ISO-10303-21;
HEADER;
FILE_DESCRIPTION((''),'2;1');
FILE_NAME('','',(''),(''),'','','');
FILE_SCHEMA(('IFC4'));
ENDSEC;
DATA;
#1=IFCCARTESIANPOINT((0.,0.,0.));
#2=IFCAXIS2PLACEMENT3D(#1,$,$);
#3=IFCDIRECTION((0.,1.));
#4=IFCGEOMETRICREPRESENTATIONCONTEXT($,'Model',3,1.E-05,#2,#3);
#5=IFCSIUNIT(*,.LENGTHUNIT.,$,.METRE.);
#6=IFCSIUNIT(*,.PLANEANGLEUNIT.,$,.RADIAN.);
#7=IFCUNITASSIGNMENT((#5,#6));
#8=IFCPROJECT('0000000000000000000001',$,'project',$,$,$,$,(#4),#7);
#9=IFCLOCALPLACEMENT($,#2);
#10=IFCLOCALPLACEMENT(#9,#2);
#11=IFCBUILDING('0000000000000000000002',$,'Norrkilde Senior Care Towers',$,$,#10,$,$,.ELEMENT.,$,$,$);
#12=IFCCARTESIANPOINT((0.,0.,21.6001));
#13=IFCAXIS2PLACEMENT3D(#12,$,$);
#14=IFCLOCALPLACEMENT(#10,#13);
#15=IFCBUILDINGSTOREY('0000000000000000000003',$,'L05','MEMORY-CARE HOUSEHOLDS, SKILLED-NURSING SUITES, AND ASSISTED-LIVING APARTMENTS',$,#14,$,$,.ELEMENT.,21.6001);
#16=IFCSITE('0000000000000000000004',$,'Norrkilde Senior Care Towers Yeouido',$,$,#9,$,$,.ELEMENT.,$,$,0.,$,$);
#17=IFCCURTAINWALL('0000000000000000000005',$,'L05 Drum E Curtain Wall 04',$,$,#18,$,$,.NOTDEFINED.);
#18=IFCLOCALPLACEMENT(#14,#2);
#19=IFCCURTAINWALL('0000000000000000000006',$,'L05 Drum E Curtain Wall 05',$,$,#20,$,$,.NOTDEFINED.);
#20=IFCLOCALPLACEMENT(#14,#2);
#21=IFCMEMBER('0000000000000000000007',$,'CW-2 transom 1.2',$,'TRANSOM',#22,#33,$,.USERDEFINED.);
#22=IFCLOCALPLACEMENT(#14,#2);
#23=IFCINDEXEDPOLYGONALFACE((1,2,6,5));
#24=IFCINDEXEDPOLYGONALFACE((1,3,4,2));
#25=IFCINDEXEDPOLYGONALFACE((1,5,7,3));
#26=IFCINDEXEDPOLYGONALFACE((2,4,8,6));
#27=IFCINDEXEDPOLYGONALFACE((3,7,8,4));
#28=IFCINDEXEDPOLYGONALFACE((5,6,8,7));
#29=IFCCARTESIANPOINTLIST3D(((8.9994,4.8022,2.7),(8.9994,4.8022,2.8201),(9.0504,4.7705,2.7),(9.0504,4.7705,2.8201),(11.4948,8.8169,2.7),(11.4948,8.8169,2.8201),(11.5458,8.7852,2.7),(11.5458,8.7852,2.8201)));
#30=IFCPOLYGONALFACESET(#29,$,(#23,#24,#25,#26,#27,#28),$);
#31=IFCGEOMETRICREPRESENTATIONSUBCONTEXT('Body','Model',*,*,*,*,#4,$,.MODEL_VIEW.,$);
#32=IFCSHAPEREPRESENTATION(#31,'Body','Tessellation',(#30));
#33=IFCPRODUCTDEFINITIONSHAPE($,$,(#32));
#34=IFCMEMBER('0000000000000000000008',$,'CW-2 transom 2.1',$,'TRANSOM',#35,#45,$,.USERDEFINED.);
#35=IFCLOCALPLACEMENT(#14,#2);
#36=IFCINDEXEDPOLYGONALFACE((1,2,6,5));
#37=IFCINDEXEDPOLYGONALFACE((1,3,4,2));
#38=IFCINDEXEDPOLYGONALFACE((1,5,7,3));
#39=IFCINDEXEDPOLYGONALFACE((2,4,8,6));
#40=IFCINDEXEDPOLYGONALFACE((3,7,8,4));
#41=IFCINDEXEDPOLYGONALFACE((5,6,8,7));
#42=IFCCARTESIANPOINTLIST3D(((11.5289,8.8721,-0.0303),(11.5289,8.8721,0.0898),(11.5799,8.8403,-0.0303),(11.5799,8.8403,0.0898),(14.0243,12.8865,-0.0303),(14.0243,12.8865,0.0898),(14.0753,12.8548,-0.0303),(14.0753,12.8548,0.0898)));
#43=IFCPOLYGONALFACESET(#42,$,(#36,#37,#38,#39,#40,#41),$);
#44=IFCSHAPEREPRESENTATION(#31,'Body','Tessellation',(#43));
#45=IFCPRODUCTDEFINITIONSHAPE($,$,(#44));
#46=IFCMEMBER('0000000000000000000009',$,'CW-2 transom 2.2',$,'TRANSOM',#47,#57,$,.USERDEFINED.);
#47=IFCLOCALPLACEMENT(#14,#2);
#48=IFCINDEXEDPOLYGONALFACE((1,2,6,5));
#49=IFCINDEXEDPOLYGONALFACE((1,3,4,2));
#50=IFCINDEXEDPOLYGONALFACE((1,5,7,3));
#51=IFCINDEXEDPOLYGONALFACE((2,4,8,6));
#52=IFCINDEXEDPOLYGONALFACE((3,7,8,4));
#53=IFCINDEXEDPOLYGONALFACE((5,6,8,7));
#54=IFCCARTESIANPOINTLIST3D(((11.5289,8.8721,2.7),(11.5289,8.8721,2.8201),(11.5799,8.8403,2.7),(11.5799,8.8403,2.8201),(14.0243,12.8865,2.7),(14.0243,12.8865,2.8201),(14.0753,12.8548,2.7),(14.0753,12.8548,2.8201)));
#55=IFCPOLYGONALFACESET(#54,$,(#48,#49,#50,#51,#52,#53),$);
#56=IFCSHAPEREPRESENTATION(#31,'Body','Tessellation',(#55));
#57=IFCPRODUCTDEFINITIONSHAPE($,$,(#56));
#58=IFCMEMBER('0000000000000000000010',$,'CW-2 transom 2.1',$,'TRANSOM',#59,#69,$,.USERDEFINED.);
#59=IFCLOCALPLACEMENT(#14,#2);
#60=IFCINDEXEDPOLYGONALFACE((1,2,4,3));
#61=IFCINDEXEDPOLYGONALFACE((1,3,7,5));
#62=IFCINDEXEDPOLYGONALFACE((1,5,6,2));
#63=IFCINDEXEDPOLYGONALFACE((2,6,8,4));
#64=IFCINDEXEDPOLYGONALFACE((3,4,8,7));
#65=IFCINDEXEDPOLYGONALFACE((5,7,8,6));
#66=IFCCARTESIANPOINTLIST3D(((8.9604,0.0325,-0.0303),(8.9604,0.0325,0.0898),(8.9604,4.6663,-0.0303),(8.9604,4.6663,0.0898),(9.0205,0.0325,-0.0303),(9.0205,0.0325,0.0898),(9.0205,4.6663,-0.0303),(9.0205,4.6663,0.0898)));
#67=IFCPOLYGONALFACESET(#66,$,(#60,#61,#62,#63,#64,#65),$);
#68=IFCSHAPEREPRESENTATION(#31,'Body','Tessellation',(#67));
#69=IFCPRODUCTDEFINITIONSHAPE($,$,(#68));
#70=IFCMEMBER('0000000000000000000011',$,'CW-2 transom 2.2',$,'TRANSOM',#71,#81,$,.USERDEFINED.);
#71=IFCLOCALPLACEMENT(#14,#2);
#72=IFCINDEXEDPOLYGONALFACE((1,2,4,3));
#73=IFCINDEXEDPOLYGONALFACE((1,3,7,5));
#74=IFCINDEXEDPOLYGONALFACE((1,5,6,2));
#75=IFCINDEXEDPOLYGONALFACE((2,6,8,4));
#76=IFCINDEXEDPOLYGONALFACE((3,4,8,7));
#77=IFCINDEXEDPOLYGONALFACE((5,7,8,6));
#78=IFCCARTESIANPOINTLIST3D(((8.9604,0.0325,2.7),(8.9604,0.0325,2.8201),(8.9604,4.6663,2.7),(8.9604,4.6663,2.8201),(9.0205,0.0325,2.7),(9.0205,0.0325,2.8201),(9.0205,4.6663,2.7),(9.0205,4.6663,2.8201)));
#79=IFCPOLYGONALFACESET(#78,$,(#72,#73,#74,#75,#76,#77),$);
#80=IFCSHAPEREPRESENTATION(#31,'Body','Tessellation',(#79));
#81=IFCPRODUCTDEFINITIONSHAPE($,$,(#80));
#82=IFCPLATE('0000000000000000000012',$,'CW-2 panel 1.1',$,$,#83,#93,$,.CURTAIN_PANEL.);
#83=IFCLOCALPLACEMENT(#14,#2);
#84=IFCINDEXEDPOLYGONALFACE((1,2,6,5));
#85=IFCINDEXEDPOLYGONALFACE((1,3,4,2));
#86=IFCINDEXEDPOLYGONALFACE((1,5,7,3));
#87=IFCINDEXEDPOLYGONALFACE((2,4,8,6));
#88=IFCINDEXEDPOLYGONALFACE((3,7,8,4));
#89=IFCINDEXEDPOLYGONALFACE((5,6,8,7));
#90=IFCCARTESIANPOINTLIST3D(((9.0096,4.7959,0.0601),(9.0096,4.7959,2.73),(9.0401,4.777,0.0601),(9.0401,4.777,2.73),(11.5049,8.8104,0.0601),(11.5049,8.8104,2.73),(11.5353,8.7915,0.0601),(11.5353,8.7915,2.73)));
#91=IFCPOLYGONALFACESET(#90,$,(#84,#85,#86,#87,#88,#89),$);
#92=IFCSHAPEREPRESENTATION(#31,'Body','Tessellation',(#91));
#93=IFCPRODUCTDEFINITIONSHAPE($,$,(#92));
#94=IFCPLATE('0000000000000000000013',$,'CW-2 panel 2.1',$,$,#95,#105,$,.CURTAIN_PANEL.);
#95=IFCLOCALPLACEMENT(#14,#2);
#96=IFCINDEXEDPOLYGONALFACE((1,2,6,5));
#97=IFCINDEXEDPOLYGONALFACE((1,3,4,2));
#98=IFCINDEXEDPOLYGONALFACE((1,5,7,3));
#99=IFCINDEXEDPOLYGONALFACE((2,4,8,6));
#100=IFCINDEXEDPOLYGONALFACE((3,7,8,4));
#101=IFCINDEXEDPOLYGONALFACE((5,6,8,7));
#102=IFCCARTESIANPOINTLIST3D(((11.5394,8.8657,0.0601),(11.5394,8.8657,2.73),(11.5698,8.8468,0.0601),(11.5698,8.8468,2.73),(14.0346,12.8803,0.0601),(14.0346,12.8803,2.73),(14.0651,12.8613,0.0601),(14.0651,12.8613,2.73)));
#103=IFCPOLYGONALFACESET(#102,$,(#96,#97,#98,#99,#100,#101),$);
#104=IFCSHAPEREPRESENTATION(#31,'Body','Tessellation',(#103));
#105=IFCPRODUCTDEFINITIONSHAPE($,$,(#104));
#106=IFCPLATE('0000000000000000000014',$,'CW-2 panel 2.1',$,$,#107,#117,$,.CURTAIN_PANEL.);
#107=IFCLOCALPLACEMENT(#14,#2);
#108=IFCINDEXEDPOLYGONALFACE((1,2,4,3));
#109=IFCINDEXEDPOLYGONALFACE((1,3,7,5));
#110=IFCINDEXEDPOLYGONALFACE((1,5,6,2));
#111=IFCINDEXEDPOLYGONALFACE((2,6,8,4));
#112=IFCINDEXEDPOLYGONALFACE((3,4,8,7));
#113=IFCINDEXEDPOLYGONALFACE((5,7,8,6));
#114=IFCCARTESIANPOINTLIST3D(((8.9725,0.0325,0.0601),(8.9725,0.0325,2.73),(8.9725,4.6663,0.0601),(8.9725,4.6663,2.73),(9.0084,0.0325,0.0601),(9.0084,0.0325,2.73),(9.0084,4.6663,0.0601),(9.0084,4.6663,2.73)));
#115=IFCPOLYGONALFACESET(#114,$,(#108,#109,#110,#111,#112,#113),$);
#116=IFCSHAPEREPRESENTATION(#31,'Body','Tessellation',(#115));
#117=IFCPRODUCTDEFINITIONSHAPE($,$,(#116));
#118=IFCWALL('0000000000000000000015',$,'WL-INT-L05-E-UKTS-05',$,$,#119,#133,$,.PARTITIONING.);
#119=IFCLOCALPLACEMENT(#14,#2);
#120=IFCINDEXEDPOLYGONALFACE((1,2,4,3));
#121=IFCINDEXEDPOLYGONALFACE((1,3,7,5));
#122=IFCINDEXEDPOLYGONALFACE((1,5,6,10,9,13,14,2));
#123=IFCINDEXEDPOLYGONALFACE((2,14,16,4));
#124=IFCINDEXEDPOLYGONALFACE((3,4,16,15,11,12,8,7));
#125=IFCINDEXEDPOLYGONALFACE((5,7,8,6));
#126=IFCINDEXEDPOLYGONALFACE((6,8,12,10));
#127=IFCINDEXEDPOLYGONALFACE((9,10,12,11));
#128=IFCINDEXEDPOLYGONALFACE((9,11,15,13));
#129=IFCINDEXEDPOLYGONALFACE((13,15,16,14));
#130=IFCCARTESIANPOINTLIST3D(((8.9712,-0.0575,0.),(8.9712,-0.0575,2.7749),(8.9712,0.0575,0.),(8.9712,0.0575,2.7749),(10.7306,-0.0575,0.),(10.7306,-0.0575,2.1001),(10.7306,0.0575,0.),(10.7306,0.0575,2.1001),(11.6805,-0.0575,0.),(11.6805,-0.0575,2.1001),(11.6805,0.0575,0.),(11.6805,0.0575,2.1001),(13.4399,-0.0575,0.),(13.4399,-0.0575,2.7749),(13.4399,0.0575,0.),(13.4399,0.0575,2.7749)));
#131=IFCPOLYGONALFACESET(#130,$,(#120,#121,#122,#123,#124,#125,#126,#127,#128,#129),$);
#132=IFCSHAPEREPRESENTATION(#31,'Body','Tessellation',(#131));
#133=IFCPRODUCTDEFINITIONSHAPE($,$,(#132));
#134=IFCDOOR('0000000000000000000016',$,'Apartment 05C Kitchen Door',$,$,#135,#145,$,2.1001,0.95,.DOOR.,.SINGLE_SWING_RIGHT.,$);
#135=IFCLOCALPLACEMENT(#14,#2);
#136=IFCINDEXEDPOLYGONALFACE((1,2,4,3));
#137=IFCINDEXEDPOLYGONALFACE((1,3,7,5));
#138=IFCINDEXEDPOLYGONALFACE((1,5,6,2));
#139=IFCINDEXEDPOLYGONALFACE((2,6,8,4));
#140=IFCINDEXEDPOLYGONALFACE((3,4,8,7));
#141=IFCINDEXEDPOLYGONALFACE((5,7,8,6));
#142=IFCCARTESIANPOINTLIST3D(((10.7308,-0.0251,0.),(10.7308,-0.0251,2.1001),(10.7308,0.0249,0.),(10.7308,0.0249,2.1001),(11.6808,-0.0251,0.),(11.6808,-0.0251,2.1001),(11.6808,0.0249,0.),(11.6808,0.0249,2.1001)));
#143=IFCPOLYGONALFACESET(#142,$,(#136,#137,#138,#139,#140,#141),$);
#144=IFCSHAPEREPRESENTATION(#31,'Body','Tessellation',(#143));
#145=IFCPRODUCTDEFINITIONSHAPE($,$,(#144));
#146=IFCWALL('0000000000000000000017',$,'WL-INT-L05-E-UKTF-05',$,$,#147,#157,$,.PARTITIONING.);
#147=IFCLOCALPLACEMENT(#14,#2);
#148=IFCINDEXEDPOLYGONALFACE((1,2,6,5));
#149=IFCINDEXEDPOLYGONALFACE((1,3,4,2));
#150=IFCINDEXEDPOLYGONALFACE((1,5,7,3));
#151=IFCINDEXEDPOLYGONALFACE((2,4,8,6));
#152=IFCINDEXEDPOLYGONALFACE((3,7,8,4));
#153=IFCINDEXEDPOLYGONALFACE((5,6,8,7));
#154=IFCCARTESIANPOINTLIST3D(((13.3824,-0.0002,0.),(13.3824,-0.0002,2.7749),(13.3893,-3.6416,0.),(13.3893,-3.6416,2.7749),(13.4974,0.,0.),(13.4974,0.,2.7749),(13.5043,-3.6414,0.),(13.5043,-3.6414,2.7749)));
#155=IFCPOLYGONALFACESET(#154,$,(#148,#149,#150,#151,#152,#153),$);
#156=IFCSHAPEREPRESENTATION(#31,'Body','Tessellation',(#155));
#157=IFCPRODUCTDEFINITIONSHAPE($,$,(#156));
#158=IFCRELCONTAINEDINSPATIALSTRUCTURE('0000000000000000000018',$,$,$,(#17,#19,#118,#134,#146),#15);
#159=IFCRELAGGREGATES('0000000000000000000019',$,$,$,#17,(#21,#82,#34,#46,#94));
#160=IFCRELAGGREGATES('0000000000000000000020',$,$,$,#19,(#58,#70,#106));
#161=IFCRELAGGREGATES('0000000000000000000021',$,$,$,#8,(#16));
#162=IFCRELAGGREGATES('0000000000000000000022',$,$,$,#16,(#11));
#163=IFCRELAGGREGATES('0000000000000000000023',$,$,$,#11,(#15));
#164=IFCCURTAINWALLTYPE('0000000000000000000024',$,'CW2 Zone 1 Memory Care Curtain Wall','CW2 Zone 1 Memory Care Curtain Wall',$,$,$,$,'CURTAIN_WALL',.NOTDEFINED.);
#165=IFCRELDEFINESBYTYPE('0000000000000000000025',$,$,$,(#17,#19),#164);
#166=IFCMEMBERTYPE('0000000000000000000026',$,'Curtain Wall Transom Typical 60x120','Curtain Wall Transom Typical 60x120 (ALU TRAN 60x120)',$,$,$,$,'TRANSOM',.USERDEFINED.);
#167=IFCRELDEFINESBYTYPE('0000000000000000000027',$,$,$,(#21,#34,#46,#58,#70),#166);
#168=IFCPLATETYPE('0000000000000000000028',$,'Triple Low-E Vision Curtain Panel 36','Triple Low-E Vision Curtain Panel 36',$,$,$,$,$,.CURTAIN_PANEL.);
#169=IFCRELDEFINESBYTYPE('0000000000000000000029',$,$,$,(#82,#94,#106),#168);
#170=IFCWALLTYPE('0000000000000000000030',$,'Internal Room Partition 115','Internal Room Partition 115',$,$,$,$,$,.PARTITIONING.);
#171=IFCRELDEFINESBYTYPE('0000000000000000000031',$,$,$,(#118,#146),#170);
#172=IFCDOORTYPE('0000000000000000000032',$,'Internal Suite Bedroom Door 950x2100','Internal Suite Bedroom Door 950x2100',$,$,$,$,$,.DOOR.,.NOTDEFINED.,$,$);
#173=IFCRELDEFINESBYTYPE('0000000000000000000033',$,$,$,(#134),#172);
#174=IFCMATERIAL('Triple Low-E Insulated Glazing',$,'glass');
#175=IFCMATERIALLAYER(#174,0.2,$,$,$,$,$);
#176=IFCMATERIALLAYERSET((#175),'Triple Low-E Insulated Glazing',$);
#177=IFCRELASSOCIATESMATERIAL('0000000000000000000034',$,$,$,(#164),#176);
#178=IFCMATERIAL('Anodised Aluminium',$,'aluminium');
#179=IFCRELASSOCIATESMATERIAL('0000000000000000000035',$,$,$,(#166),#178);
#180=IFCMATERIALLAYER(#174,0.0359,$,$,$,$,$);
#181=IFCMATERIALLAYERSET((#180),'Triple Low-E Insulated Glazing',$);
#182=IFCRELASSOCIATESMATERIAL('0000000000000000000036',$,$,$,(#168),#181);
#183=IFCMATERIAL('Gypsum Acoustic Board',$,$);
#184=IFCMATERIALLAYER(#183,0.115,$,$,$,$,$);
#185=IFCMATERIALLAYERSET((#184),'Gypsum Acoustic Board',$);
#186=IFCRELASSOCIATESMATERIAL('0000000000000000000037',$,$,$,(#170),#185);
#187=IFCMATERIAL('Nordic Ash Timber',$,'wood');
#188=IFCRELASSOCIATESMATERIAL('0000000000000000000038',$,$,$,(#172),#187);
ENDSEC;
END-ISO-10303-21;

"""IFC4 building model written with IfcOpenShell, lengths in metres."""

from ifc_helpers import new_model, si_unit, direction, frame, frame_2d, origin, origin_2d, place, context, subcontext, project, spatial, rectangle, extrude, source, transform, mapped, material, layer, layer_set, material_profile, profile_set, type_object, type_shapes, element, fill, aggregate, save


model = new_model("IFC4")

# Units and contexts
model_context = context("Model", 3, precision=1e-05, world=origin(), true_north=direction((0.0, 1.0)))
body_context = subcontext(model_context, "Body", "Model", "MODEL_VIEW")
ifc_project = project(units=[si_unit("LENGTHUNIT", "METRE"), si_unit("PLANEANGLEUNIT", "RADIAN")], contexts=[model_context])

# Site, building, storey
site_placement = place(None, origin())
site = spatial("IfcSite", under=ifc_project, at=site_placement, Name="Norrkilde Senior Care Towers Yeouido", CompositionType="ELEMENT", RefElevation=0.0)
building_placement = place(site_placement, origin())
building = spatial("IfcBuilding", under=site, at=building_placement, Name="Norrkilde Senior Care Towers", CompositionType="ELEMENT")
storey_placement = place(building_placement, frame((0.0, 0.0, 21.6001)))
storey = spatial("IfcBuildingStorey", under=building, at=storey_placement, Name="L05", Description="MEMORY-CARE HOUSEHOLDS, SKILLED-NURSING SUITES, AND ASSISTED-LIVING APARTMENTS", CompositionType="ELEMENT", Elevation=21.6001)

# Curtain walls
ifc_material_1 = material(Name="Triple Low-E Insulated Glazing", Category="glass")
ifc_layer_1 = layer(ifc_material_1, 0.2)
ifc_layer_set_1 = layer_set([ifc_layer_1], Name="Triple Low-E Insulated Glazing")
curtain_wall_type = type_object("IfcCurtainWallType", Name="CW2 Zone 1 Memory Care Curtain Wall", Description="CW2 Zone 1 Memory Care Curtain Wall", ElementType="CURTAIN_WALL", PredefinedType="NOTDEFINED", material=ifc_layer_set_1)
curtain_wall_1_placement = place(storey_placement, origin())
curtain_wall_1 = element("IfcCurtainWall", 1, at=curtain_wall_1_placement, inside=storey, type_object=curtain_wall_type, Name="L05 Drum E Curtain Wall 04", PredefinedType="NOTDEFINED")
ifc_material_2 = material(Name="Anodised Aluminium", Category="aluminium")
curtain_wall_2_placement = place(storey_placement, origin())
curtain_wall_2 = element("IfcCurtainWall", 2, at=curtain_wall_2_placement, inside=storey, type_object=curtain_wall_type, Name="L05 Drum E Curtain Wall 05", PredefinedType="NOTDEFINED")

# Members
ifc_material_profile_1 = material_profile(ifc_material_2, rectangle(XDim=0.0601, YDim=0.1201, at=origin_2d()), Name="ALU TRAN 60x120")
ifc_profile_set_1 = profile_set([ifc_material_profile_1], Name="Anodised Aluminium")
member_type_1 = type_object("IfcMemberType", Name="Curtain Wall Transom Typical 60x120", Description="Curtain Wall Transom Typical 60x120 (ALU TRAN 60x120)", ElementType="TRANSOM", PredefinedType="USERDEFINED", material=ifc_profile_set_1)
shared_shape_1 = source(origin(), body_context, "Body", "SweptSolid", [
    extrude(rectangle(XDim=0.0601, YDim=0.1201, at=origin_2d()), origin(), (0.0, 0.0, 1.0), 4.7271),
])
member_1_placement = place(storey_placement, frame((9.0249, 4.7864, 2.76), z_axis=(0.527899, 0.849307, 0.0), x_axis=(-0.849307, 0.527899, 0.0)))
member_1 = element("IfcMember", 3, at=member_1_placement, type_object=member_type_1, Name="CW-2 transom 1.2", ObjectType="TRANSOM", PredefinedType="USERDEFINED", context=body_context, shape_type="MappedRepresentation", body=[
    mapped(shared_shape_1, transform((0.0, 0.0, 0.0), x_axis=(1.0, 0.0, 0.0), y_axis=(0.0, 1.0, 0.0), z_axis=(0.0, 0.0, 1.0), scale=1.0)),
])
shared_shape_2 = source(origin(), body_context, "Body", "SweptSolid", [
    extrude(rectangle(XDim=0.0601, YDim=0.1201, at=origin_2d()), origin(), (0.0, 0.0, 1.0), 4.7268),
])
member_2_placement = place(storey_placement, frame((11.5544, 8.8562, 0.0298), z_axis=(0.527922, 0.849293, 0.0), x_axis=(-0.849293, 0.527922, 0.0)))
member_2 = element("IfcMember", 4, at=member_2_placement, type_object=member_type_1, Name="CW-2 transom 2.1", ObjectType="TRANSOM", PredefinedType="USERDEFINED", context=body_context, shape_type="MappedRepresentation", body=[
    mapped(shared_shape_2, transform((0.0, 0.0, 0.0), x_axis=(1.0, 0.0, 0.0), y_axis=(0.0, 1.0, 0.0), z_axis=(0.0, 0.0, 1.0), scale=1.0)),
])
member_3_placement = place(storey_placement, frame((11.5544, 8.8562, 2.76), z_axis=(0.527922, 0.849293, 0.0), x_axis=(-0.849293, 0.527922, 0.0)))
member_3 = element("IfcMember", 5, at=member_3_placement, type_object=member_type_1, Name="CW-2 transom 2.2", ObjectType="TRANSOM", PredefinedType="USERDEFINED", context=body_context, shape_type="MappedRepresentation", body=[
    mapped(shared_shape_2, transform((0.0, 0.0, 0.0), x_axis=(1.0, 0.0, 0.0), y_axis=(0.0, 1.0, 0.0), z_axis=(0.0, 0.0, 1.0), scale=1.0)),
])
shared_shape_3 = source(origin(), body_context, "Body", "SweptSolid", [
    extrude(rectangle(XDim=0.0601, YDim=0.1201, at=origin_2d()), origin(), (0.0, 0.0, 1.0), 4.6338),
])
type_shapes(member_type_1, [shared_shape_1, shared_shape_2, shared_shape_3])
member_4_placement = place(storey_placement, frame((8.9905, 0.0325, 0.0298), z_axis=(0.0, 1.0, 0.0), x_axis=(-1.0, 0.0, 0.0)))
member_4 = element("IfcMember", 6, at=member_4_placement, type_object=member_type_1, Name="CW-2 transom 2.1", ObjectType="TRANSOM", PredefinedType="USERDEFINED", context=body_context, shape_type="MappedRepresentation", body=[
    mapped(shared_shape_3, transform((0.0, 0.0, 0.0), x_axis=(1.0, 0.0, 0.0), y_axis=(0.0, 1.0, 0.0), z_axis=(0.0, 0.0, 1.0), scale=1.0)),
])
member_5_placement = place(storey_placement, frame((8.9905, 0.0325, 2.76), z_axis=(0.0, 1.0, 0.0), x_axis=(-1.0, 0.0, 0.0)))
member_5 = element("IfcMember", 7, at=member_5_placement, type_object=member_type_1, Name="CW-2 transom 2.2", ObjectType="TRANSOM", PredefinedType="USERDEFINED", context=body_context, shape_type="MappedRepresentation", body=[
    mapped(shared_shape_3, transform((0.0, 0.0, 0.0), x_axis=(1.0, 0.0, 0.0), y_axis=(0.0, 1.0, 0.0), z_axis=(0.0, 0.0, 1.0), scale=1.0)),
])

# Plates
ifc_layer_2 = layer(ifc_material_1, 0.0359)
ifc_layer_set_2 = layer_set([ifc_layer_2], Name="Triple Low-E Insulated Glazing")
plate_type = type_object("IfcPlateType", Name="Triple Low-E Vision Curtain Panel 36", Description="Triple Low-E Vision Curtain Panel 36", PredefinedType="CURTAIN_PANEL", material=ifc_layer_set_2)
shared_shape_4 = source(origin(), body_context, "Body", "SweptSolid", [
    extrude(rectangle(XDim=4.7268, YDim=0.0359, at=origin_2d()), origin(), (0.0, 0.0, 1.0), 2.6699),
])
plate_1_placement = place(storey_placement, frame((10.2725, 6.7937, 0.0601), z_axis=(0.0, 0.0, 1.0), x_axis=(0.527901, 0.849306, 0.0)))
plate_1 = element("IfcPlate", 8, at=plate_1_placement, type_object=plate_type, Name="CW-2 panel 1.1", PredefinedType="CURTAIN_PANEL", context=body_context, shape_type="MappedRepresentation", body=[
    mapped(shared_shape_4, transform((0.0, 0.0, 0.0), x_axis=(1.0, 0.0, 0.0), y_axis=(0.0, 1.0, 0.0), z_axis=(0.0, 0.0, 1.0), scale=1.0)),
])
plate_2_placement = place(storey_placement, frame((12.8022, 10.8635, 0.0601), z_axis=(0.0, 0.0, 1.0), x_axis=(0.527901, 0.849306, 0.0)))
plate_2 = element("IfcPlate", 9, at=plate_2_placement, type_object=plate_type, Name="CW-2 panel 2.1", PredefinedType="CURTAIN_PANEL", context=body_context, shape_type="MappedRepresentation", body=[
    mapped(shared_shape_4, transform((0.0, 0.0, 0.0), x_axis=(1.0, 0.0, 0.0), y_axis=(0.0, 1.0, 0.0), z_axis=(0.0, 0.0, 1.0), scale=1.0)),
])
aggregate(curtain_wall_1, [member_1, plate_1, member_2, member_3, plate_2])
shared_shape_5 = source(origin(), body_context, "Body", "SweptSolid", [
    extrude(rectangle(XDim=4.6338, YDim=0.0359, at=origin_2d()), origin(), (0.0, 0.0, 1.0), 2.6699),
])
type_shapes(plate_type, [shared_shape_4, shared_shape_5])
plate_3_placement = place(storey_placement, frame((8.9905, 2.3494, 0.0601), z_axis=(0.0, 0.0, 1.0), x_axis=(0.0, 1.0, 0.0)))
plate_3 = element("IfcPlate", 10, at=plate_3_placement, type_object=plate_type, Name="CW-2 panel 2.1", PredefinedType="CURTAIN_PANEL", context=body_context, shape_type="MappedRepresentation", body=[
    mapped(shared_shape_5, transform((0.0, 0.0, 0.0), x_axis=(1.0, 0.0, 0.0), y_axis=(0.0, 1.0, 0.0), z_axis=(0.0, 0.0, 1.0), scale=1.0)),
])
aggregate(curtain_wall_2, [member_4, member_5, plate_3])

# Wall, opening, door
ifc_material_3 = material(Name="Gypsum Acoustic Board")
ifc_layer_3 = layer(ifc_material_3, 0.115)
ifc_layer_set_3 = layer_set([ifc_layer_3], Name="Gypsum Acoustic Board")
wall_type = type_object("IfcWallType", Name="Internal Room Partition 115", Description="Internal Room Partition 115", PredefinedType="PARTITIONING", material=ifc_layer_set_3)
shared_shape_6 = source(origin(), body_context, "Body", "SweptSolid", [
    extrude(rectangle(XDim=4.4688, YDim=0.115, at=frame_2d((2.2344, 0.0))), origin(), (0.0, 0.0, 1.0), 2.7749),
])
wall_1_placement = place(storey_placement, frame((13.4399, 0.0, 0.0), z_axis=(0.0, 0.0, 1.0), x_axis=(-1.0, 0.0, 0.0)))
wall_1 = element("IfcWall", 11, at=wall_1_placement, inside=storey, type_object=wall_type, Name="WL-INT-L05-E-UKTS-05", PredefinedType="PARTITIONING", context=body_context, shape_type="MappedRepresentation", body=[
    mapped(shared_shape_6, transform((0.0, 0.0, 0.0), x_axis=(1.0, 0.0, 0.0), y_axis=(0.0, 1.0, 0.0), z_axis=(0.0, 0.0, 1.0), scale=1.0)),
])
opening_placement = place(wall_1_placement, frame((1.7593, 0.0, 0.0)))
opening = element("IfcOpeningElement", 12, at=opening_placement, cuts=wall_1, PredefinedType="OPENING", context=body_context, shape_type="SweptSolid", body=[
    extrude(rectangle(XDim=0.95, YDim=2.1001, at=frame_2d((0.4751, 1.05))), frame((0.0, 0.0674, 0.0), z_axis=(0.0, -1.0, 0.0), x_axis=(1.0, 0.0, 0.0)), (0.0, 0.0, 1.0), 0.135),
])
ifc_material_4 = material(Name="Nordic Ash Timber", Category="wood")
door_type = type_object("IfcDoorType", Name="Internal Suite Bedroom Door 950x2100", Description="Internal Suite Bedroom Door 950x2100", OperationType="NOTDEFINED", PredefinedType="DOOR", material=ifc_material_4)
shared_shape_7 = source(origin(), body_context, "Body", "SweptSolid", [
    extrude(rectangle(XDim=0.95, YDim=2.1001, at=frame_2d((0.4751, 1.05))), frame((0.0, 0.0249, 0.0), z_axis=(0.0, -1.0, 0.0), x_axis=(1.0, 0.0, 0.0)), (0.0, 0.0, 1.0), 0.05),
])
type_shapes(door_type, [shared_shape_7])
door_placement = place(opening_placement, frame((0.95, 0.0, 0.0), z_axis=(0.0, 0.0, 1.0), x_axis=(-1.0, 0.0, 0.0)))
door = element("IfcDoor", 13, at=door_placement, inside=storey, type_object=door_type, Name="Apartment 05C Kitchen Door", OperationType="SINGLE_SWING_RIGHT", OverallHeight=2.1001, OverallWidth=0.95, PredefinedType="DOOR", context=body_context, shape_type="MappedRepresentation", body=[
    mapped(shared_shape_7, transform((0.0, 0.0, 0.0), x_axis=(1.0, 0.0, 0.0), y_axis=(0.0, 1.0, 0.0), z_axis=(0.0, 0.0, 1.0), scale=1.0)),
])
fill(opening, door)

# Wall
shared_shape_8 = source(origin(), body_context, "Body", "SweptSolid", [
    extrude(rectangle(XDim=3.6414, YDim=0.115, at=frame_2d((1.8208, 0.0))), origin(), (0.0, 0.0, 1.0), 2.7749),
])
type_shapes(wall_type, [shared_shape_6, shared_shape_8])
wall_2_placement = place(storey_placement, frame((13.4399, 0.0, 0.0), z_axis=(0.0, 0.0, 1.0), x_axis=(0.001877, -0.999998, 0.0)))
element("IfcWall", 14, at=wall_2_placement, inside=storey, type_object=wall_type, Name="WL-INT-L05-E-UKTF-05", PredefinedType="PARTITIONING", context=body_context, shape_type="MappedRepresentation", body=[
    mapped(shared_shape_8, transform((0.0, 0.0, 0.0), x_axis=(1.0, 0.0, 0.0), y_axis=(0.0, 1.0, 0.0), z_axis=(0.0, 0.0, 1.0), scale=1.0)),
])

save(model, "model.ifc")
